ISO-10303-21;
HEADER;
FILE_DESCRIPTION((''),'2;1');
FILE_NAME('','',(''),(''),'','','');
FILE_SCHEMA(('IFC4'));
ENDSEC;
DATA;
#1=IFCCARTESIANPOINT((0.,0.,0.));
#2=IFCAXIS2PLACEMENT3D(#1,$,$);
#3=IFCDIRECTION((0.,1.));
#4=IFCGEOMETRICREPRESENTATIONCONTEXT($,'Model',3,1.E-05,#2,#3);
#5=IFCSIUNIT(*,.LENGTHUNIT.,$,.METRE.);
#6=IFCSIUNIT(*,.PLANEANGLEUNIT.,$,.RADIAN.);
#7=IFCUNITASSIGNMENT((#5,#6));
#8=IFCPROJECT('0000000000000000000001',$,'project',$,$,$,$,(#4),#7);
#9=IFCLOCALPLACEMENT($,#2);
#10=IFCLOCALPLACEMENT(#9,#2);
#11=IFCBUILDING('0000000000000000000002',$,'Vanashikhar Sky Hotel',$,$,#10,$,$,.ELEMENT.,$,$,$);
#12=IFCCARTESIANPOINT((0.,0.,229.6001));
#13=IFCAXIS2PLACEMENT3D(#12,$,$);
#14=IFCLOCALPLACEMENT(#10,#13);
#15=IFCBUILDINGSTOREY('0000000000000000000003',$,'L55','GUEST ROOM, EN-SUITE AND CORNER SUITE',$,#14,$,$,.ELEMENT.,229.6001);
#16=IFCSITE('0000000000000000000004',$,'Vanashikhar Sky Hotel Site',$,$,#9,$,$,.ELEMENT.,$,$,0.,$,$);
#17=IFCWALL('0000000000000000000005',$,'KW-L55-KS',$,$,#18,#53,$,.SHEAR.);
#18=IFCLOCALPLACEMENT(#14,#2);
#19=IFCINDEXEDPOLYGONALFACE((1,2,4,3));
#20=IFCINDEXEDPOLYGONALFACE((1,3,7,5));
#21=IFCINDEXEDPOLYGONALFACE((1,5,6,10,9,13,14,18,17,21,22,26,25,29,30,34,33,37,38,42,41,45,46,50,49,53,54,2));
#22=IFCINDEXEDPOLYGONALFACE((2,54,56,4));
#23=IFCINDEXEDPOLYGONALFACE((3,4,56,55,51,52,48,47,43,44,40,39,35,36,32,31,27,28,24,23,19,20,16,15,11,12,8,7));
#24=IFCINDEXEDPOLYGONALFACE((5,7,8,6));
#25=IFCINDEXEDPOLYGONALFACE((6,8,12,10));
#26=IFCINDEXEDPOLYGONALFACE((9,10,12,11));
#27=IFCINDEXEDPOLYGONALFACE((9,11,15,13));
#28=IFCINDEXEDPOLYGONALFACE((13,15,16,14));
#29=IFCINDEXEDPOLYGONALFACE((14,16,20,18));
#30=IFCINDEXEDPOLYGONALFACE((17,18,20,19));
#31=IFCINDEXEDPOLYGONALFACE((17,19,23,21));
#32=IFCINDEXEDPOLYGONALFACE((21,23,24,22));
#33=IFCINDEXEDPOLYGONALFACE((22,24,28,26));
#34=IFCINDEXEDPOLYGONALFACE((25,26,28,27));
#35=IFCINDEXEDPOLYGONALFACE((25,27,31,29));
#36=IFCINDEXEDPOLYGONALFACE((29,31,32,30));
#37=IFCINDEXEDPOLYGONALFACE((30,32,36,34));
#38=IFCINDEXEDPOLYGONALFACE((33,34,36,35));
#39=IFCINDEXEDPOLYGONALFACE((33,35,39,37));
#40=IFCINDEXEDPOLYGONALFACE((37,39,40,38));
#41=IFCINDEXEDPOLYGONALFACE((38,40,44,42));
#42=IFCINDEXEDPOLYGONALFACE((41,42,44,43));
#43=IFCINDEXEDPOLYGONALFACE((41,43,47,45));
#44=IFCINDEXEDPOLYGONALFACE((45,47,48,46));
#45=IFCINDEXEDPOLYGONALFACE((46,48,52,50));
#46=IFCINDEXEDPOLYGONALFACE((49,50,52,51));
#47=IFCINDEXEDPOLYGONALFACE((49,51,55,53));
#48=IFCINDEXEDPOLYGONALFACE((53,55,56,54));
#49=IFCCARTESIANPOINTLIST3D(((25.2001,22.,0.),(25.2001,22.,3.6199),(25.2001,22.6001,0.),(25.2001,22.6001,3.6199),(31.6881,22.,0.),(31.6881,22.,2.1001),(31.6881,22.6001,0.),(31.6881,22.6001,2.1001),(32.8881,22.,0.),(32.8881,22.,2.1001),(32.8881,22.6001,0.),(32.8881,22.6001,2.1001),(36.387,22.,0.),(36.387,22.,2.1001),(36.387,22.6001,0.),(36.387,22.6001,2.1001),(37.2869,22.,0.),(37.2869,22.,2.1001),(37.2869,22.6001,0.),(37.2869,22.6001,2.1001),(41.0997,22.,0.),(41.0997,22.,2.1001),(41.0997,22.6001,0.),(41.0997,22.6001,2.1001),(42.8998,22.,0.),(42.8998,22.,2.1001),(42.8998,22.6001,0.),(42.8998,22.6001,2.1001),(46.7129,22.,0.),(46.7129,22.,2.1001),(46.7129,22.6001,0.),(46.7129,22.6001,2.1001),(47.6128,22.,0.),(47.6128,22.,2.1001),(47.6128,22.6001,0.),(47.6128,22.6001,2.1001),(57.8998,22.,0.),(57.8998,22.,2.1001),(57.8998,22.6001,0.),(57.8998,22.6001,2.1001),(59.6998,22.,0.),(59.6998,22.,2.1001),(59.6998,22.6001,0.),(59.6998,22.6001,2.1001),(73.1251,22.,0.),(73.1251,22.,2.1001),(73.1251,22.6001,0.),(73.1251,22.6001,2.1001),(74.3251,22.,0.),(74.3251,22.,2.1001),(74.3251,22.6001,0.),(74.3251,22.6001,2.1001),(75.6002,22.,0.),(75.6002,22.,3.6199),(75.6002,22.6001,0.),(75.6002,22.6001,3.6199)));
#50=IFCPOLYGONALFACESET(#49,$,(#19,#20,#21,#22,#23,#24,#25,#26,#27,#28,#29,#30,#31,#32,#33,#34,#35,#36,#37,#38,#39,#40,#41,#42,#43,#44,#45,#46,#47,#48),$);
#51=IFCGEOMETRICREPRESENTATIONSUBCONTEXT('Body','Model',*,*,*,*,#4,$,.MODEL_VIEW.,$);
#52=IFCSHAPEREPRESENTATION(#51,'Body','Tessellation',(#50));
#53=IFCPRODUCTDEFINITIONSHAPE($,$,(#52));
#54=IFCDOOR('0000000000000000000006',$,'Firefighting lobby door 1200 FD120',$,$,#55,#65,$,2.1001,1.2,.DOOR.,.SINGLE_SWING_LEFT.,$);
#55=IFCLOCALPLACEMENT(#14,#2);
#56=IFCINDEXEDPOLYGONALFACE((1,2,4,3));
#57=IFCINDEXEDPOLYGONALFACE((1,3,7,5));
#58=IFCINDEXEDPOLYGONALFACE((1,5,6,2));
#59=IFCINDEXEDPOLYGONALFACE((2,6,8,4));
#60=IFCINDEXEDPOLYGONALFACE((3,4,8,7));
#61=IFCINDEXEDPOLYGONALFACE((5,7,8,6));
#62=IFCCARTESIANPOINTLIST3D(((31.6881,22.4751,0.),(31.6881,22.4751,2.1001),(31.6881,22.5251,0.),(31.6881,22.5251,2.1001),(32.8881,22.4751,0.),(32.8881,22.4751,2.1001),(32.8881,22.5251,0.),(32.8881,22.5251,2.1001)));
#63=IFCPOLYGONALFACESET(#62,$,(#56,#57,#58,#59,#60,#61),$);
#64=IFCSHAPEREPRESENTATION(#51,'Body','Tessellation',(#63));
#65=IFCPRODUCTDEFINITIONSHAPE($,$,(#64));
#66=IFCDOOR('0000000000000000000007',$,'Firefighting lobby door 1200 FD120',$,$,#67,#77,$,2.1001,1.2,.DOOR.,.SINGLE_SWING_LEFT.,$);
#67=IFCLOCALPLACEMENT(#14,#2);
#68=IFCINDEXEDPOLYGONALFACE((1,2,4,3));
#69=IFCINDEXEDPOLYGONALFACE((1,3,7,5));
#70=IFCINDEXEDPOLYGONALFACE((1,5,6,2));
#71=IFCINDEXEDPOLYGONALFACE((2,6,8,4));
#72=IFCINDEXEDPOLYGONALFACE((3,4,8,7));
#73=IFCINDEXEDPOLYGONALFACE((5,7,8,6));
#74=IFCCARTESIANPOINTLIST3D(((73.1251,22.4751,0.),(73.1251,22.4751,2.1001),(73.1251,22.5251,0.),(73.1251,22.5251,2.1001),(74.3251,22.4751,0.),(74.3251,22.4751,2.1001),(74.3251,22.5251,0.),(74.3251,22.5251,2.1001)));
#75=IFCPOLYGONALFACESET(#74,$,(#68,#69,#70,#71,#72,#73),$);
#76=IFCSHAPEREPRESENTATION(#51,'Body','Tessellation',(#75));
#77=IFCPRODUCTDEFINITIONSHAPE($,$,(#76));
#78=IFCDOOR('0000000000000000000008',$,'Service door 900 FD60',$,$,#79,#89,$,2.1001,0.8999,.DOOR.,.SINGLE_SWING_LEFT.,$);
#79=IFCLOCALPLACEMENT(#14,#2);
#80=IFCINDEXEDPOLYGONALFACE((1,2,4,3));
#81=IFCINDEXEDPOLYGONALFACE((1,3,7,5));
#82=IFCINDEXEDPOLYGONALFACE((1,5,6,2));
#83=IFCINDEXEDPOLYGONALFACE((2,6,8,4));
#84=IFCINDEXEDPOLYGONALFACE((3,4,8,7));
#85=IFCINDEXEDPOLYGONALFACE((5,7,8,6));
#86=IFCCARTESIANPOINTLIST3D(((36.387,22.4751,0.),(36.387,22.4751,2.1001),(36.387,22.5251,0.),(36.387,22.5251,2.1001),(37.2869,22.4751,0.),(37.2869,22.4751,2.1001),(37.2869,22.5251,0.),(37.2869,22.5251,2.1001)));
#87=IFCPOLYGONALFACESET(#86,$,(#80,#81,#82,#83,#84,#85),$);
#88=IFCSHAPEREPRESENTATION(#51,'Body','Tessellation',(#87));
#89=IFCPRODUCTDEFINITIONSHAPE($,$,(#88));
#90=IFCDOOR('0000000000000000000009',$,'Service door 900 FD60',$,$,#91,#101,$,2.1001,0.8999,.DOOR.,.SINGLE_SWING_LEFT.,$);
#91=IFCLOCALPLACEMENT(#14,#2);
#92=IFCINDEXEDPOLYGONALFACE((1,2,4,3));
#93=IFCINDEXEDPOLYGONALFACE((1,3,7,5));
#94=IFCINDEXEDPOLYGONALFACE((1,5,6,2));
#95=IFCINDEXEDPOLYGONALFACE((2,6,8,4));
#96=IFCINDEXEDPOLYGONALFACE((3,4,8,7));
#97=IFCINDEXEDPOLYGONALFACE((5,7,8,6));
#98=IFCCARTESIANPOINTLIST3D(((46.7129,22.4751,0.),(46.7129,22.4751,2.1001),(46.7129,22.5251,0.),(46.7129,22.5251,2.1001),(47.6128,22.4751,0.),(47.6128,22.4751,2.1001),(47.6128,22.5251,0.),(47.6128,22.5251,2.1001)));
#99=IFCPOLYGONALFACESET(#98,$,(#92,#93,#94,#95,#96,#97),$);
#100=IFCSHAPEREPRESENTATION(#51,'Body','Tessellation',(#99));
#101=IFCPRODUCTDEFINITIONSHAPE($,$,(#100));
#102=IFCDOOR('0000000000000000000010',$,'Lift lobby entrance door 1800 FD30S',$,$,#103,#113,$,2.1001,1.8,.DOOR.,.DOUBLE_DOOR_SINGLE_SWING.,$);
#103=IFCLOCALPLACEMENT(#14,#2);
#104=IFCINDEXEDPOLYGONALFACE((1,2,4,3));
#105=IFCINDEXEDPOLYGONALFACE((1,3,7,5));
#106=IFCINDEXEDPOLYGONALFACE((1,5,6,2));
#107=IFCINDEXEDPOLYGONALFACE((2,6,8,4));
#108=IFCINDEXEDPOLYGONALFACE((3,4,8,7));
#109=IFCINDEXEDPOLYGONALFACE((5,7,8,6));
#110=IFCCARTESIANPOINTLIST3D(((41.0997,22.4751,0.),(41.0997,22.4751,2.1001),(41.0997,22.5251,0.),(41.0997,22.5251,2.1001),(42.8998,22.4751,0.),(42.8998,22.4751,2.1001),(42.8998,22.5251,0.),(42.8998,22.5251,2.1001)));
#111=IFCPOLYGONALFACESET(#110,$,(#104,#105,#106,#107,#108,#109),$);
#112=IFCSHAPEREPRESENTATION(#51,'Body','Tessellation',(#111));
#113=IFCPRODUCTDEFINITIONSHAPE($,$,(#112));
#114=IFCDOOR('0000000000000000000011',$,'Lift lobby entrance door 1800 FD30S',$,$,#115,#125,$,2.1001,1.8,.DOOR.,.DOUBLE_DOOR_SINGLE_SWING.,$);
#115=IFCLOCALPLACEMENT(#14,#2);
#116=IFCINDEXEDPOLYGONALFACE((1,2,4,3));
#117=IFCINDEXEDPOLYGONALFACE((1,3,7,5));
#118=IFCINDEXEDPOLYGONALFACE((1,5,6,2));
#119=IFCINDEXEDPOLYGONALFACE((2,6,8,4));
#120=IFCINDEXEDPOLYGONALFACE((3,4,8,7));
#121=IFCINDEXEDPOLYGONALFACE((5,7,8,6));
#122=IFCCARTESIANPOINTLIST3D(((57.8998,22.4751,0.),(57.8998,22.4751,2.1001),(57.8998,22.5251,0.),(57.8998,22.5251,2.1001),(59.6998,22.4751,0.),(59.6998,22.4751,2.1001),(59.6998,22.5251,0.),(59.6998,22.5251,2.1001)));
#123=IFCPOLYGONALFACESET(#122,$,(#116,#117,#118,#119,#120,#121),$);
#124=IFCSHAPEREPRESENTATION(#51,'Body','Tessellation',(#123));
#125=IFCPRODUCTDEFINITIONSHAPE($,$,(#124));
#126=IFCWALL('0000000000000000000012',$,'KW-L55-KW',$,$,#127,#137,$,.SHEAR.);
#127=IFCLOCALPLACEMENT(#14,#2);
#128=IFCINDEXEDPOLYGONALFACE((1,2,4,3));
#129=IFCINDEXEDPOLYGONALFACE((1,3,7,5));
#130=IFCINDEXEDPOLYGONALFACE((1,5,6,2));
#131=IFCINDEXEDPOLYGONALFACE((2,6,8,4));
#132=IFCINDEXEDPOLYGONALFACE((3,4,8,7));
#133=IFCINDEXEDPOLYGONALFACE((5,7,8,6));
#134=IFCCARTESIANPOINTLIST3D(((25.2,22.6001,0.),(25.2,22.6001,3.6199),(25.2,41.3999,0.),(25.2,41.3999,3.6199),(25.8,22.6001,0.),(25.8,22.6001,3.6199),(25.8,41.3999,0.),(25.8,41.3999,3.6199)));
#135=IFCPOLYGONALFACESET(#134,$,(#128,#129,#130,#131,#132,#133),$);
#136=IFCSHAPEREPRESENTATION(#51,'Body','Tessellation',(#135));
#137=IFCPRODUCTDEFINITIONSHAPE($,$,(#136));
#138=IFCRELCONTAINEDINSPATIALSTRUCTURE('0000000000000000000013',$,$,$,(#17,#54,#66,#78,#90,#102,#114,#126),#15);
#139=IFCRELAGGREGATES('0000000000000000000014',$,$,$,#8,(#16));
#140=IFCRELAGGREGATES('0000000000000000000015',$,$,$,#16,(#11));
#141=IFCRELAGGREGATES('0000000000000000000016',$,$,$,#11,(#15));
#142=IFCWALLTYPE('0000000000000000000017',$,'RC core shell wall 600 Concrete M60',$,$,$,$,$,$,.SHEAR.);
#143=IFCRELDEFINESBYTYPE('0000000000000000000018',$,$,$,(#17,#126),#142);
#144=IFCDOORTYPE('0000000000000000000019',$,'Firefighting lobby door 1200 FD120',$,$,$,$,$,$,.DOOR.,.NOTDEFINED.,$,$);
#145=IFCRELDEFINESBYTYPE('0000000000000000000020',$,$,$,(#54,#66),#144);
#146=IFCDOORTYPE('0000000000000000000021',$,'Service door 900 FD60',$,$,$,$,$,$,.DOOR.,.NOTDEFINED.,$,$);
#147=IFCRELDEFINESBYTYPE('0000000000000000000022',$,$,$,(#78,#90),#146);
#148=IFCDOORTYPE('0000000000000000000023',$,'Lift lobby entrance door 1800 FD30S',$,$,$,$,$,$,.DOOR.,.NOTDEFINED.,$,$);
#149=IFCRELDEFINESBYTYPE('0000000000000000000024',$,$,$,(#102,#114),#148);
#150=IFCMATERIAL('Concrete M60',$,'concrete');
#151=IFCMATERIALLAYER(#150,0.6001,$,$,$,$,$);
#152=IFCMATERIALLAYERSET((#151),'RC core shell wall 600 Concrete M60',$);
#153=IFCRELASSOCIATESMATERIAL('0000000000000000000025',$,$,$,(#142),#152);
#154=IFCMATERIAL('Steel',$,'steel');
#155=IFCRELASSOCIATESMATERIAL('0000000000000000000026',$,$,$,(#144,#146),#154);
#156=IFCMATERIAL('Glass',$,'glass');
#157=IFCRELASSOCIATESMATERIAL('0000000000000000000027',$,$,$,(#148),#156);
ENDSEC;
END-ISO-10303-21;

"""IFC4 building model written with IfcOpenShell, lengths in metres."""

from ifc_helpers import new_model, si_unit, direction, frame, frame_2d, origin, place, context, subcontext, project, spatial, rectangle, extrude, source, transform, mapped, material, layer, layer_set, type_object, element, fill, save


model = new_model("IFC4")

# Units and contexts
model_context = context("Model", 3, precision=1e-05, world=origin(), true_north=direction((0.0, 1.0)))
body_context = subcontext(model_context, "Body", "Model", "MODEL_VIEW")
ifc_project = project(units=[si_unit("LENGTHUNIT", "METRE"), si_unit("PLANEANGLEUNIT", "RADIAN")], contexts=[model_context])

# Site, building, storey
site_placement = place(None, origin())
site = spatial("IfcSite", under=ifc_project, at=site_placement, Name="Vanashikhar Sky Hotel Site", CompositionType="ELEMENT", RefElevation=0.0)
building_placement = place(site_placement, origin())
building = spatial("IfcBuilding", under=site, at=building_placement, Name="Vanashikhar Sky Hotel", CompositionType="ELEMENT")
storey_placement = place(building_placement, frame((0.0, 0.0, 229.6001)))
storey = spatial("IfcBuildingStorey", under=building, at=storey_placement, Name="L55", Description="GUEST ROOM, EN-SUITE AND CORNER SUITE", CompositionType="ELEMENT", Elevation=229.6001)

# Wall, openings, doors
ifc_material_1 = material(Name="Concrete M60", Category="concrete")
ifc_layer_1 = layer(ifc_material_1, 0.6001)
ifc_layer_set_1 = layer_set([ifc_layer_1], Name="RC core shell wall 600 Concrete M60")
wall_type_1 = type_object("IfcWallType", Name="RC core shell wall 600 Concrete M60", PredefinedType="SHEAR", material=ifc_layer_set_1)
shared_shape_1 = source(origin(), body_context, "Body", "SweptSolid", [
    extrude(rectangle(XDim=50.4001, YDim=0.6001, at=frame_2d((25.2002, 0.0))), origin(), (0.0, 0.0, 1.0), 3.6199),
])
wall_1_placement = place(storey_placement, frame((25.2, 22.3, 0.0), z_axis=(0.0, 0.0, 1.0), x_axis=(1.0, 0.0, 0.0)))
wall_1 = element("IfcWall", 1, at=wall_1_placement, inside=storey, type_object=wall_type_1, Name="KW-L55-KS", PredefinedType="SHEAR", context=body_context, shape_type="MappedRepresentation", body=[
    mapped(shared_shape_1, transform((0.0, 0.0, 0.0), scale=1.0)),
])
shared_shape_2 = source(origin(), body_context, "Body", "SweptSolid", [
    extrude(rectangle(XDim=1.8, YDim=2.1001, at=frame_2d((0.8999, 1.05))), frame((0.0, 0.3101, 0.0), z_axis=(0.0, -1.0, 0.0), x_axis=(1.0, 0.0, 0.0)), (0.0, 0.0, 1.0), 0.6201),
])
opening_1_placement = place(wall_1_placement, frame((15.8999, 0.0, 0.0)))
opening_1 = element("IfcOpeningElement", 2, at=opening_1_placement, cuts=wall_1, PredefinedType="OPENING", context=body_context, shape_type="MappedRepresentation", body=[
    mapped(shared_shape_2, transform((0.0, 0.0, 0.0), scale=1.0)),
])
shared_shape_3 = source(origin(), body_context, "Body", "SweptSolid", [
    extrude(rectangle(XDim=0.8999, YDim=2.1001, at=frame_2d((0.45, 1.05))), frame((0.0, 0.3101, 0.0), z_axis=(0.0, -1.0, 0.0), x_axis=(1.0, 0.0, 0.0)), (0.0, 0.0, 1.0), 0.6201),
])
opening_2_placement = place(wall_1_placement, frame((11.187, 0.0, 0.0)))
opening_2 = element("IfcOpeningElement", 3, at=opening_2_placement, cuts=wall_1, PredefinedType="OPENING", context=body_context, shape_type="MappedRepresentation", body=[
    mapped(shared_shape_3, transform((0.0, 0.0, 0.0), scale=1.0)),
])
opening_3_placement = place(wall_1_placement, frame((21.5129, 0.0, 0.0)))
opening_3 = element("IfcOpeningElement", 4, at=opening_3_placement, cuts=wall_1, PredefinedType="OPENING", context=body_context, shape_type="MappedRepresentation", body=[
    mapped(shared_shape_3, transform((0.0, 0.0, 0.0), scale=1.0)),
])
opening_4_placement = place(wall_1_placement, frame((32.7, 0.0, 0.0)))
opening_4 = element("IfcOpeningElement", 5, at=opening_4_placement, cuts=wall_1, PredefinedType="OPENING", context=body_context, shape_type="MappedRepresentation", body=[
    mapped(shared_shape_2, transform((0.0, 0.0, 0.0), scale=1.0)),
])
shared_shape_4 = source(origin(), body_context, "Body", "SweptSolid", [
    extrude(rectangle(XDim=1.2, YDim=2.1001, at=frame_2d((0.6001, 1.05))), frame((0.0, 0.3101, 0.0), z_axis=(0.0, -1.0, 0.0), x_axis=(1.0, 0.0, 0.0)), (0.0, 0.0, 1.0), 0.6201),
])
opening_5_placement = place(wall_1_placement, frame((6.488, 0.0, 0.0)))
opening_5 = element("IfcOpeningElement", 6, at=opening_5_placement, cuts=wall_1, PredefinedType="OPENING", context=body_context, shape_type="MappedRepresentation", body=[
    mapped(shared_shape_4, transform((0.0, 0.0, 0.0), scale=1.0)),
])
opening_6_placement = place(wall_1_placement, frame((47.925, 0.0, 0.0)))
opening_6 = element("IfcOpeningElement", 7, at=opening_6_placement, cuts=wall_1, PredefinedType="OPENING", context=body_context, shape_type="MappedRepresentation", body=[
    mapped(shared_shape_4, transform((0.0, 0.0, 0.0), scale=1.0)),
])
ifc_material_2 = material(Name="Steel", Category="steel")
door_type_1 = type_object("IfcDoorType", Name="Firefighting lobby door 1200 FD120", OperationType="NOTDEFINED", PredefinedType="DOOR", material=ifc_material_2)
shared_shape_5 = source(origin(), body_context, "Body", "SweptSolid", [
    extrude(rectangle(XDim=1.2, YDim=2.1001, at=frame_2d((0.6001, 1.05))), frame((0.0, 0.2251, 0.0), z_axis=(0.0, -1.0, 0.0), x_axis=(1.0, 0.0, 0.0)), (0.0, 0.0, 1.0), 0.05),
])
door_1_placement = place(opening_5_placement, origin())
door_1 = element("IfcDoor", 8, at=door_1_placement, inside=storey, type_object=door_type_1, Name="Firefighting lobby door 1200 FD120", OperationType="SINGLE_SWING_LEFT", OverallHeight=2.1001, OverallWidth=1.2, PredefinedType="DOOR", context=body_context, shape_type="MappedRepresentation", body=[
    mapped(shared_shape_5, transform((0.0, 0.0, 0.0), scale=1.0)),
])
fill(opening_5, door_1)
door_2_placement = place(opening_6_placement, origin())
door_2 = element("IfcDoor", 9, at=door_2_placement, inside=storey, type_object=door_type_1, Name="Firefighting lobby door 1200 FD120", OperationType="SINGLE_SWING_LEFT", OverallHeight=2.1001, OverallWidth=1.2, PredefinedType="DOOR", context=body_context, shape_type="MappedRepresentation", body=[
    mapped(shared_shape_5, transform((0.0, 0.0, 0.0), scale=1.0)),
])
fill(opening_6, door_2)
door_type_2 = type_object("IfcDoorType", Name="Service door 900 FD60", OperationType="NOTDEFINED", PredefinedType="DOOR", material=ifc_material_2)
shared_shape_6 = source(origin(), body_context, "Body", "SweptSolid", [
    extrude(rectangle(XDim=0.8999, YDim=2.1001, at=frame_2d((0.45, 1.05))), frame((0.0, 0.2251, 0.0), z_axis=(0.0, -1.0, 0.0), x_axis=(1.0, 0.0, 0.0)), (0.0, 0.0, 1.0), 0.05),
])
door_3_placement = place(opening_2_placement, origin())
door_3 = element("IfcDoor", 10, at=door_3_placement, inside=storey, type_object=door_type_2, Name="Service door 900 FD60", OperationType="SINGLE_SWING_LEFT", OverallHeight=2.1001, OverallWidth=0.8999, PredefinedType="DOOR", context=body_context, shape_type="MappedRepresentation", body=[
    mapped(shared_shape_6, transform((0.0, 0.0, 0.0), scale=1.0)),
])
fill(opening_2, door_3)
door_4_placement = place(opening_3_placement, origin())
door_4 = element("IfcDoor", 11, at=door_4_placement, inside=storey, type_object=door_type_2, Name="Service door 900 FD60", OperationType="SINGLE_SWING_LEFT", OverallHeight=2.1001, OverallWidth=0.8999, PredefinedType="DOOR", context=body_context, shape_type="MappedRepresentation", body=[
    mapped(shared_shape_6, transform((0.0, 0.0, 0.0), scale=1.0)),
])
fill(opening_3, door_4)
ifc_material_3 = material(Name="Glass", Category="glass")
door_type_3 = type_object("IfcDoorType", Name="Lift lobby entrance door 1800 FD30S", OperationType="NOTDEFINED", PredefinedType="DOOR", material=ifc_material_3)
shared_shape_7 = source(origin(), body_context, "Body", "SweptSolid", [
    extrude(rectangle(XDim=1.8, YDim=2.1001, at=frame_2d((0.8999, 1.05))), frame((0.0, 0.2251, 0.0), z_axis=(0.0, -1.0, 0.0), x_axis=(1.0, 0.0, 0.0)), (0.0, 0.0, 1.0), 0.05),
])
door_5_placement = place(opening_1_placement, origin())
door_5 = element("IfcDoor", 12, at=door_5_placement, inside=storey, type_object=door_type_3, Name="Lift lobby entrance door 1800 FD30S", OperationType="DOUBLE_DOOR_SINGLE_SWING", OverallHeight=2.1001, OverallWidth=1.8, PredefinedType="DOOR", context=body_context, shape_type="MappedRepresentation", body=[
    mapped(shared_shape_7, transform((0.0, 0.0, 0.0), scale=1.0)),
])
fill(opening_1, door_5)
door_6_placement = place(opening_4_placement, origin())
door_6 = element("IfcDoor", 13, at=door_6_placement, inside=storey, type_object=door_type_3, Name="Lift lobby entrance door 1800 FD30S", OperationType="DOUBLE_DOOR_SINGLE_SWING", OverallHeight=2.1001, OverallWidth=1.8, PredefinedType="DOOR", context=body_context, shape_type="MappedRepresentation", body=[
    mapped(shared_shape_7, transform((0.0, 0.0, 0.0), scale=1.0)),
])
fill(opening_4, door_6)

# Wall
shared_shape_8 = source(origin(), body_context, "Body", "SweptSolid", [
    extrude(rectangle(XDim=18.7998, YDim=0.6001, at=frame_2d((9.3999, 0.0))), origin(), (0.0, 0.0, 1.0), 3.6199),
])
wall_2_placement = place(storey_placement, frame((25.5, 22.6001, 0.0), z_axis=(0.0, 0.0, 1.0), x_axis=(0.0, 1.0, 0.0)))
element("IfcWall", 14, at=wall_2_placement, inside=storey, type_object=wall_type_1, Name="KW-L55-KW", PredefinedType="SHEAR", context=body_context, shape_type="MappedRepresentation", body=[
    mapped(shared_shape_8, transform((0.0, 0.0, 0.0), scale=1.0)),
])

save(model, "model.ifc")
